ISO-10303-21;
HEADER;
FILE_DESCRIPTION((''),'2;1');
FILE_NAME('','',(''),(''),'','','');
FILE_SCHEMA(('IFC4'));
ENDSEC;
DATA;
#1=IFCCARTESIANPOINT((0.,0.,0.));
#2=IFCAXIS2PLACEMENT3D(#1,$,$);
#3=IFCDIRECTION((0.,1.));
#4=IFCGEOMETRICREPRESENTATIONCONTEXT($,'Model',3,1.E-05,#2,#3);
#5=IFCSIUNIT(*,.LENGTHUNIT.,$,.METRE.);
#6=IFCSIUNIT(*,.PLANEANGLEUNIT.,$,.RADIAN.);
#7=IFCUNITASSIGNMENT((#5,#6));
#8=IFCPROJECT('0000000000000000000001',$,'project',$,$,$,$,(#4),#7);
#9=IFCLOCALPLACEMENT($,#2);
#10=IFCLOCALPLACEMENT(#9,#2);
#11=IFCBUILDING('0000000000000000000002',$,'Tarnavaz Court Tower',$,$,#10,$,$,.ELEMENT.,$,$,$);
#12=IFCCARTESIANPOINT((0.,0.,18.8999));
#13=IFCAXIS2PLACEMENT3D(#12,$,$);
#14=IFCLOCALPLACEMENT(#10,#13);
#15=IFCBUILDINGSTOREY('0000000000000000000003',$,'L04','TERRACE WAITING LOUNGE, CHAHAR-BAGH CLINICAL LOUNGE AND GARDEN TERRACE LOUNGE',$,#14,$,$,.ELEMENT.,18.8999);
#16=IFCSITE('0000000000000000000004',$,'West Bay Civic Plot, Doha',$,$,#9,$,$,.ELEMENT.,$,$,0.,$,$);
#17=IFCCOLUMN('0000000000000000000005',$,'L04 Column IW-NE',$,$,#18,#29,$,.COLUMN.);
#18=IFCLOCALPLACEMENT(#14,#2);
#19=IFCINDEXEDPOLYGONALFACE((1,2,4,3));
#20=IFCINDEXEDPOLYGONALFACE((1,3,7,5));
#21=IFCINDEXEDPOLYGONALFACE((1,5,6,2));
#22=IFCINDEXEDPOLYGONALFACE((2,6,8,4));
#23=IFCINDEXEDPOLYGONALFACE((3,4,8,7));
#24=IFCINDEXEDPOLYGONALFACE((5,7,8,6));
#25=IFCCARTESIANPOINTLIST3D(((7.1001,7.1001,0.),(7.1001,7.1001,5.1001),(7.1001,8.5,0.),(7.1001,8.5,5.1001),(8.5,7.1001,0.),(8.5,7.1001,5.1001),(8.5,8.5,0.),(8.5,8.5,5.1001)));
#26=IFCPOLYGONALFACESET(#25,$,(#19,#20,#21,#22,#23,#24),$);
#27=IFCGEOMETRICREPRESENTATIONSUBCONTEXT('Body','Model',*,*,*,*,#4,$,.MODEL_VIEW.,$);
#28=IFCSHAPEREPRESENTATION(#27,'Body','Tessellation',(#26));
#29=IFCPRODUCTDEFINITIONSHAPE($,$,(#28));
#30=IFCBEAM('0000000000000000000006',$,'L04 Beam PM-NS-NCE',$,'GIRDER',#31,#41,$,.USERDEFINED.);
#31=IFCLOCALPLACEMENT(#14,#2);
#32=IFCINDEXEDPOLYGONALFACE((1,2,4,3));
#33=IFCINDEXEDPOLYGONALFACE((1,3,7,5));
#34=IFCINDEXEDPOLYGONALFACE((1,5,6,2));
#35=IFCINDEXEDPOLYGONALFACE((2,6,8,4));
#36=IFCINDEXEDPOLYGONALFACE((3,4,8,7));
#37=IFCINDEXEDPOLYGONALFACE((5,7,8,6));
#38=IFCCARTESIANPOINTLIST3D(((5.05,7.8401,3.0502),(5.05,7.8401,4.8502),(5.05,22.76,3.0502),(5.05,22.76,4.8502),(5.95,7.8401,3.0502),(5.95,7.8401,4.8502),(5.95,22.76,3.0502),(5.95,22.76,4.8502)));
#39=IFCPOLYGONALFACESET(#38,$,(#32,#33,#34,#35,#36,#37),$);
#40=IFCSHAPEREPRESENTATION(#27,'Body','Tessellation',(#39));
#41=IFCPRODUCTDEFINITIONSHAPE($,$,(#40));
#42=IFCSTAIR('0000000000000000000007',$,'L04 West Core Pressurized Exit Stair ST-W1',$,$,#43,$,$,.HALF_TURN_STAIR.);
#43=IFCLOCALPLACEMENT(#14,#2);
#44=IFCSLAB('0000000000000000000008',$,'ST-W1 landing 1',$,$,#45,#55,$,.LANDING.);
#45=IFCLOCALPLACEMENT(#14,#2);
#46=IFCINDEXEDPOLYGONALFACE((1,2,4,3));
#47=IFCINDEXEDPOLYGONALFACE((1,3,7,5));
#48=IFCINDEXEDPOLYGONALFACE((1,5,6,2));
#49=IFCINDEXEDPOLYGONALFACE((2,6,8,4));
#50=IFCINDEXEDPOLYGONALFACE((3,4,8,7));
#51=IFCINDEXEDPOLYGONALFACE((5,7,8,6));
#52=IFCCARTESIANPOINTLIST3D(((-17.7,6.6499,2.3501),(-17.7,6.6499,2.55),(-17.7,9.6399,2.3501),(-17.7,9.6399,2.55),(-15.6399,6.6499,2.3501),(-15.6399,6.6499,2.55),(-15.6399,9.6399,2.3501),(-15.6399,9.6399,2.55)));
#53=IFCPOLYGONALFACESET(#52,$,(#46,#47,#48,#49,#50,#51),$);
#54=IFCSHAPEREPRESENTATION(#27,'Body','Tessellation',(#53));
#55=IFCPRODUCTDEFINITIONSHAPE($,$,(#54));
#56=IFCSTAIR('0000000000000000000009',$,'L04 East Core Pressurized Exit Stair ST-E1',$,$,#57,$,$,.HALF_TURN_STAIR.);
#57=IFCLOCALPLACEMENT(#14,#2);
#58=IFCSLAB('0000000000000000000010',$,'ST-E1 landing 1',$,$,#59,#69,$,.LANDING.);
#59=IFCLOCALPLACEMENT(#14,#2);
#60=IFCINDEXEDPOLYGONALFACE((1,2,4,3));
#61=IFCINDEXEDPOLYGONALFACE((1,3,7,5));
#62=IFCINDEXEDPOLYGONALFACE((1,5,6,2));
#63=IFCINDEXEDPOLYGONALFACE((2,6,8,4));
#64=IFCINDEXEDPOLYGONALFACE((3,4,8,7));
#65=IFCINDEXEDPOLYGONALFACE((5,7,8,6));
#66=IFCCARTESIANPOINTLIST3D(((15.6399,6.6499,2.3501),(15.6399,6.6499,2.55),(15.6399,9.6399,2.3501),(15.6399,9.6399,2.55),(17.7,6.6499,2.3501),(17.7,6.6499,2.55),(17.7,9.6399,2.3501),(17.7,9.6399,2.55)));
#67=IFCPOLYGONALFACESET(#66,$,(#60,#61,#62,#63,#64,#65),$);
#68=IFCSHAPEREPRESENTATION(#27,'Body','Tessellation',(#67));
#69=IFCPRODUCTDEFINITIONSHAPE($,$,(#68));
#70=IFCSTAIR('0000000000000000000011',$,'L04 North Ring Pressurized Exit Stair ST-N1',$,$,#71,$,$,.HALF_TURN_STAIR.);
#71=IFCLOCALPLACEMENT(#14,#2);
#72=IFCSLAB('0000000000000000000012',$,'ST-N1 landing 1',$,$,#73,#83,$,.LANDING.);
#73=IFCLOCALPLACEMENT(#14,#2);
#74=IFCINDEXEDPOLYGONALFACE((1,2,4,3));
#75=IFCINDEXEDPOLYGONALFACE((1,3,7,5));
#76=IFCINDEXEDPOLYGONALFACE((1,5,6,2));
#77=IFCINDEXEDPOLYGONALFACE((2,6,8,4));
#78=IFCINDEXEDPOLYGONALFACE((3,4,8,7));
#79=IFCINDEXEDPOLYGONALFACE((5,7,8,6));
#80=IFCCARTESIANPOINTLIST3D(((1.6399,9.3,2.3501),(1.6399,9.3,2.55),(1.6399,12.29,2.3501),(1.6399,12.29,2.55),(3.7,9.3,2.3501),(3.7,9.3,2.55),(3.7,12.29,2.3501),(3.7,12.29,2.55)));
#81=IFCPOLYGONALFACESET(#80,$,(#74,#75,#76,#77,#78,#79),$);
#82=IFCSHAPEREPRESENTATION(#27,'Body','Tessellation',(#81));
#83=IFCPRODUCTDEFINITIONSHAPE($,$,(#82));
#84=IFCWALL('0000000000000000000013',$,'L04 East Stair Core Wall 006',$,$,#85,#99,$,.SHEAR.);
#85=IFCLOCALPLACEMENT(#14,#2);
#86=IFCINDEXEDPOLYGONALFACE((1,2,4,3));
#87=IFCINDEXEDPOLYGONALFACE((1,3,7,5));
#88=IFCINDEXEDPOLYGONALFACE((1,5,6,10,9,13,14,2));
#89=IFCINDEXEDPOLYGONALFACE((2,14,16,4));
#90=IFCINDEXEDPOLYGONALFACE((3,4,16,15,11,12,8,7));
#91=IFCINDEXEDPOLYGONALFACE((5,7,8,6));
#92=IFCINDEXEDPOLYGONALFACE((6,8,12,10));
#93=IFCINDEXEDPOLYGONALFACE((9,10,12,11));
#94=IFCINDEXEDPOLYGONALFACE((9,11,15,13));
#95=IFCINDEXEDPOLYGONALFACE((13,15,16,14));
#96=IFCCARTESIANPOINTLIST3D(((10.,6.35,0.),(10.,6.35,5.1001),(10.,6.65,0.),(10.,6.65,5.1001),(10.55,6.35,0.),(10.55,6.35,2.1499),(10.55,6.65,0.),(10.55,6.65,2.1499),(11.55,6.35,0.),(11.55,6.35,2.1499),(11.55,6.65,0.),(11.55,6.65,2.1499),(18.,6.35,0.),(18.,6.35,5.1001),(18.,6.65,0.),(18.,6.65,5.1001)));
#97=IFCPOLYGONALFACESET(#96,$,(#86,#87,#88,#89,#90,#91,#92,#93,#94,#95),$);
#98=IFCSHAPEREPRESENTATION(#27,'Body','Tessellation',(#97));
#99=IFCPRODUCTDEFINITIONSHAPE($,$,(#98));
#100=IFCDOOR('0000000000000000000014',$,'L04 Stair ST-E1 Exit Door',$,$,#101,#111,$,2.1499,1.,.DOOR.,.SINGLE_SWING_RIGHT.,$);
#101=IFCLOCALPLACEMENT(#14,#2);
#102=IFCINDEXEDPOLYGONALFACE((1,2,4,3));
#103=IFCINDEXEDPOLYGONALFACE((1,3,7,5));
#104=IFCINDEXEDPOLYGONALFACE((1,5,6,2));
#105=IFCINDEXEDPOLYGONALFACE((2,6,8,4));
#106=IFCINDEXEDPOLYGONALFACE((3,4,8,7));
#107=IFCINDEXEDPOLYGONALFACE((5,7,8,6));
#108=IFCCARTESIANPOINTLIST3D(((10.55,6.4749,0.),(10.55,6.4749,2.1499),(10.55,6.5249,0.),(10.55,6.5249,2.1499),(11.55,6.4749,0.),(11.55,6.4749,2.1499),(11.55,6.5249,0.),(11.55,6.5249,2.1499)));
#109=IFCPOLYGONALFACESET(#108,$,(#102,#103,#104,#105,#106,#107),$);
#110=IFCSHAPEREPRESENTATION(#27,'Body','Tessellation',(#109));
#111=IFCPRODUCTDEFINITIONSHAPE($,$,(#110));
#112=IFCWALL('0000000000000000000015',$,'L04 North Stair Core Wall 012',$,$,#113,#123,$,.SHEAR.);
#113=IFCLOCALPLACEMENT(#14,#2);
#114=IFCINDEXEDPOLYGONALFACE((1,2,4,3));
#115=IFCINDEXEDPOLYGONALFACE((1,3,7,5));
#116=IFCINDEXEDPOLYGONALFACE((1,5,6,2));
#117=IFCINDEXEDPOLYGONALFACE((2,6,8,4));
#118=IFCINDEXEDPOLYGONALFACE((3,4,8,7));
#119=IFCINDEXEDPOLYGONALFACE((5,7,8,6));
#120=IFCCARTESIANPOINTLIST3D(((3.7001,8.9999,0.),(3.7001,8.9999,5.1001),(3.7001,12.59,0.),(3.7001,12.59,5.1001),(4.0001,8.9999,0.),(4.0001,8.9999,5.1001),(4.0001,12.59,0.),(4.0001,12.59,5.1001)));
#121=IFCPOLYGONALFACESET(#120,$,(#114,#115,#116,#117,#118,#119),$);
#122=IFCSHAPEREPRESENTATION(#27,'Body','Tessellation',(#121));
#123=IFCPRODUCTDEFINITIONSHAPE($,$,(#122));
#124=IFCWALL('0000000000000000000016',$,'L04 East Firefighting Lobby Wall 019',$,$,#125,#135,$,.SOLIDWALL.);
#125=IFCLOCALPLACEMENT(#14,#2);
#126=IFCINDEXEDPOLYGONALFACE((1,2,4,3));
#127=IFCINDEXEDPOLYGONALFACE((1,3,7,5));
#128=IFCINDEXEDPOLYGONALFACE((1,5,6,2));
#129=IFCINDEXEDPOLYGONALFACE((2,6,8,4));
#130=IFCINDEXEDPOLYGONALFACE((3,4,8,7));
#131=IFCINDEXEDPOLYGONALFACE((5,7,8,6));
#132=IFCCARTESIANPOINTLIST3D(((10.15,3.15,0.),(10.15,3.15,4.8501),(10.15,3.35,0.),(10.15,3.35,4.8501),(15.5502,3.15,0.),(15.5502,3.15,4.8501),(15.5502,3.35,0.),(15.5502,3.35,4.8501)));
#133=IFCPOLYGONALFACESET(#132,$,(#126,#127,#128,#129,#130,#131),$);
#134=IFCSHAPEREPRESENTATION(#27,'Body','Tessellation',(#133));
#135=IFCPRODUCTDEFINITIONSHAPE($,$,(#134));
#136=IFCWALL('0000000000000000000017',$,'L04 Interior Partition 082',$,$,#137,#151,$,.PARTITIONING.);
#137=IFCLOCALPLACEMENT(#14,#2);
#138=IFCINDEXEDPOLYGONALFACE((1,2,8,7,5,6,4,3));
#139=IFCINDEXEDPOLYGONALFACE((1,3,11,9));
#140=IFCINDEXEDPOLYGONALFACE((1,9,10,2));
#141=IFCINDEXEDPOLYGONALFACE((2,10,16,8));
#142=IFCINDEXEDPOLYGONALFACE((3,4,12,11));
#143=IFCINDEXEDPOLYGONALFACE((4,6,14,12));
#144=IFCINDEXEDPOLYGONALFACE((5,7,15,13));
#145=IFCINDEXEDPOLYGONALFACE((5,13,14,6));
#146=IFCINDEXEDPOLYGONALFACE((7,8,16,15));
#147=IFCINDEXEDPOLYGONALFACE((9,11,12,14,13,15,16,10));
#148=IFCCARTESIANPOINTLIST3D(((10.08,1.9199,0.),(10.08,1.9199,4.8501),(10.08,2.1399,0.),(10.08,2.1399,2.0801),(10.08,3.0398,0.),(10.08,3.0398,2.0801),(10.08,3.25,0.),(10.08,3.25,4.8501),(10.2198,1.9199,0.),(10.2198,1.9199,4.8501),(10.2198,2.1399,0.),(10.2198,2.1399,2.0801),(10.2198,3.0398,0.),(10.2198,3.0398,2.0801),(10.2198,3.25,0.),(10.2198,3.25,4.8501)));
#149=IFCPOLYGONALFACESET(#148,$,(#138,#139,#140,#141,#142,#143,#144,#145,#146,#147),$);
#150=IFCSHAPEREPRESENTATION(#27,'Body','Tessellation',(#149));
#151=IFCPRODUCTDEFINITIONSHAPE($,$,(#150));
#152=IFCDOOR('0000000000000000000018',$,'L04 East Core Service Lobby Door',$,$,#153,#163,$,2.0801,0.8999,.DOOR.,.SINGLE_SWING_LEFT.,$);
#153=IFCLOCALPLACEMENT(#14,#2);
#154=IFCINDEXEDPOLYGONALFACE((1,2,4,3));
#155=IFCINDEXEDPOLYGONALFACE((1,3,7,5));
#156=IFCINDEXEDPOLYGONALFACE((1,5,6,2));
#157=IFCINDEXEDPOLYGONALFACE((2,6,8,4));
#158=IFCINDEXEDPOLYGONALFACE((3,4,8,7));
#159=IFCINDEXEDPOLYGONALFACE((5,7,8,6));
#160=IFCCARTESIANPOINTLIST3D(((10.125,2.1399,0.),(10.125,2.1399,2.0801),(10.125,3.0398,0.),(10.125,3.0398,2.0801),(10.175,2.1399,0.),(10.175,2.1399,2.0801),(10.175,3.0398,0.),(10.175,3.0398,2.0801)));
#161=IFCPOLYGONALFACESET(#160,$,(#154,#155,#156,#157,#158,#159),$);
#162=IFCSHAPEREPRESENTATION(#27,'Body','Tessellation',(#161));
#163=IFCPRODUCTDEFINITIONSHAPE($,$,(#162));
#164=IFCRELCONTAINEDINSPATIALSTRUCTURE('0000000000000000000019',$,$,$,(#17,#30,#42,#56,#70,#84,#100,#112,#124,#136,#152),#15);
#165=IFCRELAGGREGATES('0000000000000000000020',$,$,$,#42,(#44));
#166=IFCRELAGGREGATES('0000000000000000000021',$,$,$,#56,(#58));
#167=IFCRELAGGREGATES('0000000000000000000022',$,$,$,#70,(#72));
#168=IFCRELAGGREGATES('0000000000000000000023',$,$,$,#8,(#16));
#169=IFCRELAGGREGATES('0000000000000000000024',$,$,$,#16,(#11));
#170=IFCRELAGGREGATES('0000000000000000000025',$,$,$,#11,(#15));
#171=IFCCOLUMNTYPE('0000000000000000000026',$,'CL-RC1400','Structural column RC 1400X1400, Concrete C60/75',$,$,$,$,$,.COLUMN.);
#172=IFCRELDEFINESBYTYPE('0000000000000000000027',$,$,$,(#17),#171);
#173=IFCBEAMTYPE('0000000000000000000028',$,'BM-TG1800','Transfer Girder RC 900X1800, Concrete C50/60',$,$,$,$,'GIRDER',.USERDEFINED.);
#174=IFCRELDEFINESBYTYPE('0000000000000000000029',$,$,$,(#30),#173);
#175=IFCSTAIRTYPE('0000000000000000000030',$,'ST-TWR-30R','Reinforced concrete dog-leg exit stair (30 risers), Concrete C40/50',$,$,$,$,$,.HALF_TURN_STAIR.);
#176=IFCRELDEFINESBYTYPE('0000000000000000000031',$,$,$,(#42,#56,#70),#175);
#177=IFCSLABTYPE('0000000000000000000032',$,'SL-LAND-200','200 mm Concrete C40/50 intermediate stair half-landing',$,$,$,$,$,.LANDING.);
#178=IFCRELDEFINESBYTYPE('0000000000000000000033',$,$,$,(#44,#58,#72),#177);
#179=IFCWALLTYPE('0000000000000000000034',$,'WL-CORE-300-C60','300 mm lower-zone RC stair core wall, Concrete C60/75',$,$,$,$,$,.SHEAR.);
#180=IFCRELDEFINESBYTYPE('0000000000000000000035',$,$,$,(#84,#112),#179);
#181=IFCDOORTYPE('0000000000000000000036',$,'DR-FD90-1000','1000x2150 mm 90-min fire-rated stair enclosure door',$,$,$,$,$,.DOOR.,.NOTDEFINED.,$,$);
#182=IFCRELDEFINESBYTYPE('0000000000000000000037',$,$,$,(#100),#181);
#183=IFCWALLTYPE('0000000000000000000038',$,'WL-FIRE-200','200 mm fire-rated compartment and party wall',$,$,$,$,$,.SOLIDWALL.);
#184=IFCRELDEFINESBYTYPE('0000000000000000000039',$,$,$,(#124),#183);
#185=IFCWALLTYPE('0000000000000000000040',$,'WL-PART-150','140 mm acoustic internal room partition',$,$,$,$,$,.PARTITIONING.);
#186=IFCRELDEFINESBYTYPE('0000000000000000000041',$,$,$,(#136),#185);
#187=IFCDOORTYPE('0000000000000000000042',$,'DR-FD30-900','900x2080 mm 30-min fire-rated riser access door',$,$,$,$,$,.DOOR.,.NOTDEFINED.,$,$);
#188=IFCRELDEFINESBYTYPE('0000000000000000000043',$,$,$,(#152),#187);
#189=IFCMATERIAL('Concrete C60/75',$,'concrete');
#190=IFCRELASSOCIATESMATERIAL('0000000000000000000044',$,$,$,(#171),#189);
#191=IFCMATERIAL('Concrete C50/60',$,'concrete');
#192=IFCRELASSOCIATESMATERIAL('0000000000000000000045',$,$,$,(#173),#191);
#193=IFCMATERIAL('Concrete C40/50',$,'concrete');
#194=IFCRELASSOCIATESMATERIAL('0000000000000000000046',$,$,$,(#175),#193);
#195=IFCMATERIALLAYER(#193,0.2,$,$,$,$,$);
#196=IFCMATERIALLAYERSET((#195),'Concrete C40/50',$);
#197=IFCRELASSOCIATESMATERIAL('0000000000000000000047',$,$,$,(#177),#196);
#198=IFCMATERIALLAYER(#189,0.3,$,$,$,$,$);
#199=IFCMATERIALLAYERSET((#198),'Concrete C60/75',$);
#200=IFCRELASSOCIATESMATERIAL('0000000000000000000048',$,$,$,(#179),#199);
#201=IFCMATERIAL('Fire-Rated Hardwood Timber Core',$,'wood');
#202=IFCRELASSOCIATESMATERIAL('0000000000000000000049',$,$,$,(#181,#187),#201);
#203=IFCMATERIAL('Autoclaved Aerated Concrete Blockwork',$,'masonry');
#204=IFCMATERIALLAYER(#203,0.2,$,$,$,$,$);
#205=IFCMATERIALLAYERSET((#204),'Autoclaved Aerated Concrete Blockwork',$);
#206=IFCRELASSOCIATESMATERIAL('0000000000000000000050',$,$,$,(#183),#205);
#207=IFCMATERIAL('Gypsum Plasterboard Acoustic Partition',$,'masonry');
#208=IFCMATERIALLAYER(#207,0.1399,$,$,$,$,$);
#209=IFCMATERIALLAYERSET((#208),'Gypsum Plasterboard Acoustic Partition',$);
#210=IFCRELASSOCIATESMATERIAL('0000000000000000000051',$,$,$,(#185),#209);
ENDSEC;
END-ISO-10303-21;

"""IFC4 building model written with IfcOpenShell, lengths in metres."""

from ifc_helpers import new_model, si_unit, direction, frame, frame_2d, origin, origin_2d, place, context, subcontext, project, spatial, polyline, rectangle, outline, extrude, material, layer, layer_set, material_profile, profile_set, type_object, element, fill, aggregate, save


model = new_model("IFC4")

# Units and contexts
model_context = context("Model", 3, precision=1e-05, world=origin(), true_north=direction((0.0, 1.0)))
body_context = subcontext(model_context, "Body", "Model", "MODEL_VIEW")
ifc_project = project(units=[si_unit("LENGTHUNIT", "METRE"), si_unit("PLANEANGLEUNIT", "RADIAN")], contexts=[model_context])

# Site, building, storey
site_placement = place(None, origin())
site = spatial("IfcSite", under=ifc_project, at=site_placement, Name="West Bay Civic Plot, Doha", CompositionType="ELEMENT", RefElevation=0.0)
building_placement = place(site_placement, origin())
building = spatial("IfcBuilding", under=site, at=building_placement, Name="Tarnavaz Court Tower", CompositionType="ELEMENT")
storey_placement = place(building_placement, frame((0.0, 0.0, 18.8999)))
storey = spatial("IfcBuildingStorey", under=building, at=storey_placement, Name="L04", Description="TERRACE WAITING LOUNGE, CHAHAR-BAGH CLINICAL LOUNGE AND GARDEN TERRACE LOUNGE", CompositionType="ELEMENT", Elevation=18.8999)

# Column
ifc_material_1 = material(Name="Concrete C60/75", Category="concrete")
ifc_material_profile_1 = material_profile(ifc_material_1, rectangle(XDim=1.3999, YDim=1.3999, at=origin_2d()), Name="RC 1400X1400")
ifc_profile_set_1 = profile_set([ifc_material_profile_1], Name="Concrete C60/75")
column_type = type_object("IfcColumnType", Name="CL-RC1400", Description="Structural column RC 1400X1400, Concrete C60/75", PredefinedType="COLUMN", material=ifc_profile_set_1)
column_placement = place(storey_placement, frame((7.8, 7.8, 0.0), z_axis=(0.0, 0.0, 1.0), x_axis=(1.0, 0.0, 0.0)))
element("IfcColumn", 1, at=column_placement, inside=storey, type_object=column_type, Name="L04 Column IW-NE", PredefinedType="COLUMN", context=body_context, shape_type="SweptSolid", body=[
    extrude(rectangle(XDim=1.3999, YDim=1.3999, at=origin_2d()), origin(), (0.0, 0.0, 1.0), 5.1001),
])

# Beam
ifc_material_2 = material(Name="Concrete C50/60", Category="concrete")
ifc_material_profile_2 = material_profile(ifc_material_2, rectangle(XDim=0.8999, YDim=1.8, at=origin_2d()), Name="RC 900X1800")
ifc_profile_set_2 = profile_set([ifc_material_profile_2], Name="Concrete C50/60")
beam_type = type_object("IfcBeamType", Name="BM-TG1800", Description="Transfer Girder RC 900X1800, Concrete C50/60", ElementType="GIRDER", PredefinedType="USERDEFINED", material=ifc_profile_set_2)
beam_placement = place(storey_placement, frame((5.5, 7.8401, 3.9502), z_axis=(0.0, 1.0, 0.0), x_axis=(-1.0, 0.0, 0.0)))
element("IfcBeam", 2, at=beam_placement, inside=storey, type_object=beam_type, Name="L04 Beam PM-NS-NCE", ObjectType="GIRDER", PredefinedType="USERDEFINED", context=body_context, shape_type="SweptSolid", body=[
    extrude(rectangle(XDim=0.8999, YDim=1.8, at=origin_2d()), origin(), (0.0, 0.0, 1.0), 14.9199),
])

# Stairs, slabs
ifc_material_3 = material(Name="Concrete C40/50", Category="concrete")
stair_type = type_object("IfcStairType", Name="ST-TWR-30R", Description="Reinforced concrete dog-leg exit stair (30 risers), Concrete C40/50", PredefinedType="HALF_TURN_STAIR", material=ifc_material_3)
stair_1_placement = place(storey_placement, origin())
stair_1 = element("IfcStair", 3, at=stair_1_placement, inside=storey, type_object=stair_type, Name="L04 West Core Pressurized Exit Stair ST-W1", PredefinedType="HALF_TURN_STAIR")
ifc_layer_1 = layer(ifc_material_3, 0.2)
ifc_layer_set_1 = layer_set([ifc_layer_1], Name="Concrete C40/50")
slab_type = type_object("IfcSlabType", Name="SL-LAND-200", Description="200 mm Concrete C40/50 intermediate stair half-landing", PredefinedType="LANDING", material=ifc_layer_set_1)
slab_1_placement = place(storey_placement, frame((0.0, 0.0, 2.3501)))
slab_1 = element("IfcSlab", 4, at=slab_1_placement, type_object=slab_type, Name="ST-W1 landing 1", PredefinedType="LANDING", context=body_context, shape_type="SweptSolid", body=[
    extrude(outline(polyline([(-15.6399, 9.6399), (-17.7, 9.6399), (-17.7, 6.6499), (-15.6399, 6.6499), (-15.6399, 9.6399)])), origin(), (0.0, 0.0, 1.0), 0.2),
])
aggregate(stair_1, [slab_1])
stair_2_placement = place(storey_placement, origin())
stair_2 = element("IfcStair", 5, at=stair_2_placement, inside=storey, type_object=stair_type, Name="L04 East Core Pressurized Exit Stair ST-E1", PredefinedType="HALF_TURN_STAIR")
slab_2_placement = place(storey_placement, frame((0.0, 0.0, 2.3501)))
slab_2 = element("IfcSlab", 6, at=slab_2_placement, type_object=slab_type, Name="ST-E1 landing 1", PredefinedType="LANDING", context=body_context, shape_type="SweptSolid", body=[
    extrude(outline(polyline([(15.6399, 6.6499), (17.7, 6.6499), (17.7, 9.6399), (15.6399, 9.6399), (15.6399, 6.6499)])), origin(), (0.0, 0.0, 1.0), 0.2),
])
aggregate(stair_2, [slab_2])
stair_3_placement = place(storey_placement, origin())
stair_3 = element("IfcStair", 7, at=stair_3_placement, inside=storey, type_object=stair_type, Name="L04 North Ring Pressurized Exit Stair ST-N1", PredefinedType="HALF_TURN_STAIR")
slab_3_placement = place(storey_placement, frame((0.0, 0.0, 2.3501)))
slab_3 = element("IfcSlab", 8, at=slab_3_placement, type_object=slab_type, Name="ST-N1 landing 1", PredefinedType="LANDING", context=body_context, shape_type="SweptSolid", body=[
    extrude(outline(polyline([(1.6399, 9.3), (3.7, 9.3), (3.7, 12.29), (1.6399, 12.29), (1.6399, 9.3)])), origin(), (0.0, 0.0, 1.0), 0.2),
])
aggregate(stair_3, [slab_3])

# Wall, opening, door
ifc_layer_2 = layer(ifc_material_1, 0.3)
ifc_layer_set_2 = layer_set([ifc_layer_2], Name="Concrete C60/75")
wall_type_1 = type_object("IfcWallType", Name="WL-CORE-300-C60", Description="300 mm lower-zone RC stair core wall, Concrete C60/75", PredefinedType="SHEAR", material=ifc_layer_set_2)
wall_1_placement = place(storey_placement, frame((10.0, 6.5, 0.0), z_axis=(0.0, 0.0, 1.0), x_axis=(1.0, 0.0, 0.0)))
wall_1 = element("IfcWall", 9, at=wall_1_placement, inside=storey, type_object=wall_type_1, Name="L04 East Stair Core Wall 006", PredefinedType="SHEAR", context=body_context, shape_type="SweptSolid", body=[
    extrude(rectangle(XDim=8.0, YDim=0.3, at=frame_2d((4.0, 0.0))), origin(), (0.0, 0.0, 1.0), 5.1001),
])
opening_1_placement = place(wall_1_placement, frame((0.55, 0.0, 0.0)))
opening_1 = element("IfcOpeningElement", 10, at=opening_1_placement, cuts=wall_1, PredefinedType="OPENING", context=body_context, shape_type="SweptSolid", body=[
    extrude(rectangle(XDim=1.0, YDim=2.1499, at=frame_2d((0.5, 1.075))), frame((0.0, 0.1599, 0.0), z_axis=(0.0, -1.0, 0.0), x_axis=(1.0, 0.0, 0.0)), (0.0, 0.0, 1.0), 0.3201),
])
ifc_material_4 = material(Name="Fire-Rated Hardwood Timber Core", Category="wood")
door_type_1 = type_object("IfcDoorType", Name="DR-FD90-1000", Description="1000x2150 mm 90-min fire-rated stair enclosure door", OperationType="NOTDEFINED", PredefinedType="DOOR", material=ifc_material_4)
door_1_placement = place(opening_1_placement, origin())
door_1 = element("IfcDoor", 11, at=door_1_placement, inside=storey, type_object=door_type_1, Name="L04 Stair ST-E1 Exit Door", OperationType="SINGLE_SWING_RIGHT", OverallHeight=2.1499, OverallWidth=1.0, PredefinedType="DOOR", context=body_context, shape_type="SweptSolid", body=[
    extrude(rectangle(XDim=1.0, YDim=2.1499, at=frame_2d((0.5, 1.075))), frame((0.0, 0.0249, 0.0), z_axis=(0.0, -1.0, 0.0), x_axis=(1.0, 0.0, 0.0)), (0.0, 0.0, 1.0), 0.05),
])
fill(opening_1, door_1)

# Walls
wall_2_placement = place(storey_placement, frame((3.8501, 9.0, 0.0), z_axis=(0.0, 0.0, 1.0), x_axis=(0.0, 1.0, 0.0)))
element("IfcWall", 12, at=wall_2_placement, inside=storey, type_object=wall_type_1, Name="L04 North Stair Core Wall 012", PredefinedType="SHEAR", context=body_context, shape_type="SweptSolid", body=[
    extrude(rectangle(XDim=3.5901, YDim=0.3, at=frame_2d((1.7949, 0.0))), origin(), (0.0, 0.0, 1.0), 5.1001),
])
ifc_material_5 = material(Name="Autoclaved Aerated Concrete Blockwork", Category="masonry")
ifc_layer_3 = layer(ifc_material_5, 0.2)
ifc_layer_set_3 = layer_set([ifc_layer_3], Name="Autoclaved Aerated Concrete Blockwork")
wall_type_2 = type_object("IfcWallType", Name="WL-FIRE-200", Description="200 mm fire-rated compartment and party wall", PredefinedType="SOLIDWALL", material=ifc_layer_set_3)
wall_3_placement = place(storey_placement, frame((10.1499, 3.25, 0.0), z_axis=(0.0, 0.0, 1.0), x_axis=(1.0, 0.0, 0.0)))
element("IfcWall", 13, at=wall_3_placement, inside=storey, type_object=wall_type_2, Name="L04 East Firefighting Lobby Wall 019", PredefinedType="SOLIDWALL", context=body_context, shape_type="SweptSolid", body=[
    extrude(rectangle(XDim=5.4001, YDim=0.2, at=frame_2d((2.7002, 0.0))), origin(), (0.0, 0.0, 1.0), 4.8501),
])

# Wall, opening, door
ifc_material_6 = material(Name="Gypsum Plasterboard Acoustic Partition", Category="masonry")
ifc_layer_4 = layer(ifc_material_6, 0.1399)
ifc_layer_set_4 = layer_set([ifc_layer_4], Name="Gypsum Plasterboard Acoustic Partition")
wall_type_3 = type_object("IfcWallType", Name="WL-PART-150", Description="140 mm acoustic internal room partition", PredefinedType="PARTITIONING", material=ifc_layer_set_4)
wall_4_placement = place(storey_placement, frame((10.1499, 1.9199, 0.0), z_axis=(0.0, 0.0, 1.0), x_axis=(0.0, 1.0, 0.0)))
wall_4 = element("IfcWall", 14, at=wall_4_placement, inside=storey, type_object=wall_type_3, Name="L04 Interior Partition 082", PredefinedType="PARTITIONING", context=body_context, shape_type="SweptSolid", body=[
    extrude(rectangle(XDim=1.3301, YDim=0.1399, at=frame_2d((0.665, 0.0))), origin(), (0.0, 0.0, 1.0), 4.8501),
])
opening_2_placement = place(wall_4_placement, frame((0.22, 0.0, 0.0)))
opening_2 = element("IfcOpeningElement", 15, at=opening_2_placement, cuts=wall_4, PredefinedType="OPENING", context=body_context, shape_type="SweptSolid", body=[
    extrude(rectangle(XDim=0.8999, YDim=2.0801, at=frame_2d((0.45, 1.04))), frame((0.0, 0.0798, 0.0), z_axis=(0.0, -1.0, 0.0), x_axis=(1.0, 0.0, 0.0)), (0.0, 0.0, 1.0), 0.1599),
])
door_type_2 = type_object("IfcDoorType", Name="DR-FD30-900", Description="900x2080 mm 30-min fire-rated riser access door", OperationType="NOTDEFINED", PredefinedType="DOOR", material=ifc_material_4)
door_2_placement = place(opening_2_placement, origin())
door_2 = element("IfcDoor", 16, at=door_2_placement, inside=storey, type_object=door_type_2, Name="L04 East Core Service Lobby Door", OperationType="SINGLE_SWING_LEFT", OverallHeight=2.0801, OverallWidth=0.8999, PredefinedType="DOOR", context=body_context, shape_type="SweptSolid", body=[
    extrude(rectangle(XDim=0.8999, YDim=2.0801, at=frame_2d((0.45, 1.04))), frame((0.0, 0.0249, 0.0), z_axis=(0.0, -1.0, 0.0), x_axis=(1.0, 0.0, 0.0)), (0.0, 0.0, 1.0), 0.05),
])
fill(opening_2, door_2)

save(model, "model.ifc")
